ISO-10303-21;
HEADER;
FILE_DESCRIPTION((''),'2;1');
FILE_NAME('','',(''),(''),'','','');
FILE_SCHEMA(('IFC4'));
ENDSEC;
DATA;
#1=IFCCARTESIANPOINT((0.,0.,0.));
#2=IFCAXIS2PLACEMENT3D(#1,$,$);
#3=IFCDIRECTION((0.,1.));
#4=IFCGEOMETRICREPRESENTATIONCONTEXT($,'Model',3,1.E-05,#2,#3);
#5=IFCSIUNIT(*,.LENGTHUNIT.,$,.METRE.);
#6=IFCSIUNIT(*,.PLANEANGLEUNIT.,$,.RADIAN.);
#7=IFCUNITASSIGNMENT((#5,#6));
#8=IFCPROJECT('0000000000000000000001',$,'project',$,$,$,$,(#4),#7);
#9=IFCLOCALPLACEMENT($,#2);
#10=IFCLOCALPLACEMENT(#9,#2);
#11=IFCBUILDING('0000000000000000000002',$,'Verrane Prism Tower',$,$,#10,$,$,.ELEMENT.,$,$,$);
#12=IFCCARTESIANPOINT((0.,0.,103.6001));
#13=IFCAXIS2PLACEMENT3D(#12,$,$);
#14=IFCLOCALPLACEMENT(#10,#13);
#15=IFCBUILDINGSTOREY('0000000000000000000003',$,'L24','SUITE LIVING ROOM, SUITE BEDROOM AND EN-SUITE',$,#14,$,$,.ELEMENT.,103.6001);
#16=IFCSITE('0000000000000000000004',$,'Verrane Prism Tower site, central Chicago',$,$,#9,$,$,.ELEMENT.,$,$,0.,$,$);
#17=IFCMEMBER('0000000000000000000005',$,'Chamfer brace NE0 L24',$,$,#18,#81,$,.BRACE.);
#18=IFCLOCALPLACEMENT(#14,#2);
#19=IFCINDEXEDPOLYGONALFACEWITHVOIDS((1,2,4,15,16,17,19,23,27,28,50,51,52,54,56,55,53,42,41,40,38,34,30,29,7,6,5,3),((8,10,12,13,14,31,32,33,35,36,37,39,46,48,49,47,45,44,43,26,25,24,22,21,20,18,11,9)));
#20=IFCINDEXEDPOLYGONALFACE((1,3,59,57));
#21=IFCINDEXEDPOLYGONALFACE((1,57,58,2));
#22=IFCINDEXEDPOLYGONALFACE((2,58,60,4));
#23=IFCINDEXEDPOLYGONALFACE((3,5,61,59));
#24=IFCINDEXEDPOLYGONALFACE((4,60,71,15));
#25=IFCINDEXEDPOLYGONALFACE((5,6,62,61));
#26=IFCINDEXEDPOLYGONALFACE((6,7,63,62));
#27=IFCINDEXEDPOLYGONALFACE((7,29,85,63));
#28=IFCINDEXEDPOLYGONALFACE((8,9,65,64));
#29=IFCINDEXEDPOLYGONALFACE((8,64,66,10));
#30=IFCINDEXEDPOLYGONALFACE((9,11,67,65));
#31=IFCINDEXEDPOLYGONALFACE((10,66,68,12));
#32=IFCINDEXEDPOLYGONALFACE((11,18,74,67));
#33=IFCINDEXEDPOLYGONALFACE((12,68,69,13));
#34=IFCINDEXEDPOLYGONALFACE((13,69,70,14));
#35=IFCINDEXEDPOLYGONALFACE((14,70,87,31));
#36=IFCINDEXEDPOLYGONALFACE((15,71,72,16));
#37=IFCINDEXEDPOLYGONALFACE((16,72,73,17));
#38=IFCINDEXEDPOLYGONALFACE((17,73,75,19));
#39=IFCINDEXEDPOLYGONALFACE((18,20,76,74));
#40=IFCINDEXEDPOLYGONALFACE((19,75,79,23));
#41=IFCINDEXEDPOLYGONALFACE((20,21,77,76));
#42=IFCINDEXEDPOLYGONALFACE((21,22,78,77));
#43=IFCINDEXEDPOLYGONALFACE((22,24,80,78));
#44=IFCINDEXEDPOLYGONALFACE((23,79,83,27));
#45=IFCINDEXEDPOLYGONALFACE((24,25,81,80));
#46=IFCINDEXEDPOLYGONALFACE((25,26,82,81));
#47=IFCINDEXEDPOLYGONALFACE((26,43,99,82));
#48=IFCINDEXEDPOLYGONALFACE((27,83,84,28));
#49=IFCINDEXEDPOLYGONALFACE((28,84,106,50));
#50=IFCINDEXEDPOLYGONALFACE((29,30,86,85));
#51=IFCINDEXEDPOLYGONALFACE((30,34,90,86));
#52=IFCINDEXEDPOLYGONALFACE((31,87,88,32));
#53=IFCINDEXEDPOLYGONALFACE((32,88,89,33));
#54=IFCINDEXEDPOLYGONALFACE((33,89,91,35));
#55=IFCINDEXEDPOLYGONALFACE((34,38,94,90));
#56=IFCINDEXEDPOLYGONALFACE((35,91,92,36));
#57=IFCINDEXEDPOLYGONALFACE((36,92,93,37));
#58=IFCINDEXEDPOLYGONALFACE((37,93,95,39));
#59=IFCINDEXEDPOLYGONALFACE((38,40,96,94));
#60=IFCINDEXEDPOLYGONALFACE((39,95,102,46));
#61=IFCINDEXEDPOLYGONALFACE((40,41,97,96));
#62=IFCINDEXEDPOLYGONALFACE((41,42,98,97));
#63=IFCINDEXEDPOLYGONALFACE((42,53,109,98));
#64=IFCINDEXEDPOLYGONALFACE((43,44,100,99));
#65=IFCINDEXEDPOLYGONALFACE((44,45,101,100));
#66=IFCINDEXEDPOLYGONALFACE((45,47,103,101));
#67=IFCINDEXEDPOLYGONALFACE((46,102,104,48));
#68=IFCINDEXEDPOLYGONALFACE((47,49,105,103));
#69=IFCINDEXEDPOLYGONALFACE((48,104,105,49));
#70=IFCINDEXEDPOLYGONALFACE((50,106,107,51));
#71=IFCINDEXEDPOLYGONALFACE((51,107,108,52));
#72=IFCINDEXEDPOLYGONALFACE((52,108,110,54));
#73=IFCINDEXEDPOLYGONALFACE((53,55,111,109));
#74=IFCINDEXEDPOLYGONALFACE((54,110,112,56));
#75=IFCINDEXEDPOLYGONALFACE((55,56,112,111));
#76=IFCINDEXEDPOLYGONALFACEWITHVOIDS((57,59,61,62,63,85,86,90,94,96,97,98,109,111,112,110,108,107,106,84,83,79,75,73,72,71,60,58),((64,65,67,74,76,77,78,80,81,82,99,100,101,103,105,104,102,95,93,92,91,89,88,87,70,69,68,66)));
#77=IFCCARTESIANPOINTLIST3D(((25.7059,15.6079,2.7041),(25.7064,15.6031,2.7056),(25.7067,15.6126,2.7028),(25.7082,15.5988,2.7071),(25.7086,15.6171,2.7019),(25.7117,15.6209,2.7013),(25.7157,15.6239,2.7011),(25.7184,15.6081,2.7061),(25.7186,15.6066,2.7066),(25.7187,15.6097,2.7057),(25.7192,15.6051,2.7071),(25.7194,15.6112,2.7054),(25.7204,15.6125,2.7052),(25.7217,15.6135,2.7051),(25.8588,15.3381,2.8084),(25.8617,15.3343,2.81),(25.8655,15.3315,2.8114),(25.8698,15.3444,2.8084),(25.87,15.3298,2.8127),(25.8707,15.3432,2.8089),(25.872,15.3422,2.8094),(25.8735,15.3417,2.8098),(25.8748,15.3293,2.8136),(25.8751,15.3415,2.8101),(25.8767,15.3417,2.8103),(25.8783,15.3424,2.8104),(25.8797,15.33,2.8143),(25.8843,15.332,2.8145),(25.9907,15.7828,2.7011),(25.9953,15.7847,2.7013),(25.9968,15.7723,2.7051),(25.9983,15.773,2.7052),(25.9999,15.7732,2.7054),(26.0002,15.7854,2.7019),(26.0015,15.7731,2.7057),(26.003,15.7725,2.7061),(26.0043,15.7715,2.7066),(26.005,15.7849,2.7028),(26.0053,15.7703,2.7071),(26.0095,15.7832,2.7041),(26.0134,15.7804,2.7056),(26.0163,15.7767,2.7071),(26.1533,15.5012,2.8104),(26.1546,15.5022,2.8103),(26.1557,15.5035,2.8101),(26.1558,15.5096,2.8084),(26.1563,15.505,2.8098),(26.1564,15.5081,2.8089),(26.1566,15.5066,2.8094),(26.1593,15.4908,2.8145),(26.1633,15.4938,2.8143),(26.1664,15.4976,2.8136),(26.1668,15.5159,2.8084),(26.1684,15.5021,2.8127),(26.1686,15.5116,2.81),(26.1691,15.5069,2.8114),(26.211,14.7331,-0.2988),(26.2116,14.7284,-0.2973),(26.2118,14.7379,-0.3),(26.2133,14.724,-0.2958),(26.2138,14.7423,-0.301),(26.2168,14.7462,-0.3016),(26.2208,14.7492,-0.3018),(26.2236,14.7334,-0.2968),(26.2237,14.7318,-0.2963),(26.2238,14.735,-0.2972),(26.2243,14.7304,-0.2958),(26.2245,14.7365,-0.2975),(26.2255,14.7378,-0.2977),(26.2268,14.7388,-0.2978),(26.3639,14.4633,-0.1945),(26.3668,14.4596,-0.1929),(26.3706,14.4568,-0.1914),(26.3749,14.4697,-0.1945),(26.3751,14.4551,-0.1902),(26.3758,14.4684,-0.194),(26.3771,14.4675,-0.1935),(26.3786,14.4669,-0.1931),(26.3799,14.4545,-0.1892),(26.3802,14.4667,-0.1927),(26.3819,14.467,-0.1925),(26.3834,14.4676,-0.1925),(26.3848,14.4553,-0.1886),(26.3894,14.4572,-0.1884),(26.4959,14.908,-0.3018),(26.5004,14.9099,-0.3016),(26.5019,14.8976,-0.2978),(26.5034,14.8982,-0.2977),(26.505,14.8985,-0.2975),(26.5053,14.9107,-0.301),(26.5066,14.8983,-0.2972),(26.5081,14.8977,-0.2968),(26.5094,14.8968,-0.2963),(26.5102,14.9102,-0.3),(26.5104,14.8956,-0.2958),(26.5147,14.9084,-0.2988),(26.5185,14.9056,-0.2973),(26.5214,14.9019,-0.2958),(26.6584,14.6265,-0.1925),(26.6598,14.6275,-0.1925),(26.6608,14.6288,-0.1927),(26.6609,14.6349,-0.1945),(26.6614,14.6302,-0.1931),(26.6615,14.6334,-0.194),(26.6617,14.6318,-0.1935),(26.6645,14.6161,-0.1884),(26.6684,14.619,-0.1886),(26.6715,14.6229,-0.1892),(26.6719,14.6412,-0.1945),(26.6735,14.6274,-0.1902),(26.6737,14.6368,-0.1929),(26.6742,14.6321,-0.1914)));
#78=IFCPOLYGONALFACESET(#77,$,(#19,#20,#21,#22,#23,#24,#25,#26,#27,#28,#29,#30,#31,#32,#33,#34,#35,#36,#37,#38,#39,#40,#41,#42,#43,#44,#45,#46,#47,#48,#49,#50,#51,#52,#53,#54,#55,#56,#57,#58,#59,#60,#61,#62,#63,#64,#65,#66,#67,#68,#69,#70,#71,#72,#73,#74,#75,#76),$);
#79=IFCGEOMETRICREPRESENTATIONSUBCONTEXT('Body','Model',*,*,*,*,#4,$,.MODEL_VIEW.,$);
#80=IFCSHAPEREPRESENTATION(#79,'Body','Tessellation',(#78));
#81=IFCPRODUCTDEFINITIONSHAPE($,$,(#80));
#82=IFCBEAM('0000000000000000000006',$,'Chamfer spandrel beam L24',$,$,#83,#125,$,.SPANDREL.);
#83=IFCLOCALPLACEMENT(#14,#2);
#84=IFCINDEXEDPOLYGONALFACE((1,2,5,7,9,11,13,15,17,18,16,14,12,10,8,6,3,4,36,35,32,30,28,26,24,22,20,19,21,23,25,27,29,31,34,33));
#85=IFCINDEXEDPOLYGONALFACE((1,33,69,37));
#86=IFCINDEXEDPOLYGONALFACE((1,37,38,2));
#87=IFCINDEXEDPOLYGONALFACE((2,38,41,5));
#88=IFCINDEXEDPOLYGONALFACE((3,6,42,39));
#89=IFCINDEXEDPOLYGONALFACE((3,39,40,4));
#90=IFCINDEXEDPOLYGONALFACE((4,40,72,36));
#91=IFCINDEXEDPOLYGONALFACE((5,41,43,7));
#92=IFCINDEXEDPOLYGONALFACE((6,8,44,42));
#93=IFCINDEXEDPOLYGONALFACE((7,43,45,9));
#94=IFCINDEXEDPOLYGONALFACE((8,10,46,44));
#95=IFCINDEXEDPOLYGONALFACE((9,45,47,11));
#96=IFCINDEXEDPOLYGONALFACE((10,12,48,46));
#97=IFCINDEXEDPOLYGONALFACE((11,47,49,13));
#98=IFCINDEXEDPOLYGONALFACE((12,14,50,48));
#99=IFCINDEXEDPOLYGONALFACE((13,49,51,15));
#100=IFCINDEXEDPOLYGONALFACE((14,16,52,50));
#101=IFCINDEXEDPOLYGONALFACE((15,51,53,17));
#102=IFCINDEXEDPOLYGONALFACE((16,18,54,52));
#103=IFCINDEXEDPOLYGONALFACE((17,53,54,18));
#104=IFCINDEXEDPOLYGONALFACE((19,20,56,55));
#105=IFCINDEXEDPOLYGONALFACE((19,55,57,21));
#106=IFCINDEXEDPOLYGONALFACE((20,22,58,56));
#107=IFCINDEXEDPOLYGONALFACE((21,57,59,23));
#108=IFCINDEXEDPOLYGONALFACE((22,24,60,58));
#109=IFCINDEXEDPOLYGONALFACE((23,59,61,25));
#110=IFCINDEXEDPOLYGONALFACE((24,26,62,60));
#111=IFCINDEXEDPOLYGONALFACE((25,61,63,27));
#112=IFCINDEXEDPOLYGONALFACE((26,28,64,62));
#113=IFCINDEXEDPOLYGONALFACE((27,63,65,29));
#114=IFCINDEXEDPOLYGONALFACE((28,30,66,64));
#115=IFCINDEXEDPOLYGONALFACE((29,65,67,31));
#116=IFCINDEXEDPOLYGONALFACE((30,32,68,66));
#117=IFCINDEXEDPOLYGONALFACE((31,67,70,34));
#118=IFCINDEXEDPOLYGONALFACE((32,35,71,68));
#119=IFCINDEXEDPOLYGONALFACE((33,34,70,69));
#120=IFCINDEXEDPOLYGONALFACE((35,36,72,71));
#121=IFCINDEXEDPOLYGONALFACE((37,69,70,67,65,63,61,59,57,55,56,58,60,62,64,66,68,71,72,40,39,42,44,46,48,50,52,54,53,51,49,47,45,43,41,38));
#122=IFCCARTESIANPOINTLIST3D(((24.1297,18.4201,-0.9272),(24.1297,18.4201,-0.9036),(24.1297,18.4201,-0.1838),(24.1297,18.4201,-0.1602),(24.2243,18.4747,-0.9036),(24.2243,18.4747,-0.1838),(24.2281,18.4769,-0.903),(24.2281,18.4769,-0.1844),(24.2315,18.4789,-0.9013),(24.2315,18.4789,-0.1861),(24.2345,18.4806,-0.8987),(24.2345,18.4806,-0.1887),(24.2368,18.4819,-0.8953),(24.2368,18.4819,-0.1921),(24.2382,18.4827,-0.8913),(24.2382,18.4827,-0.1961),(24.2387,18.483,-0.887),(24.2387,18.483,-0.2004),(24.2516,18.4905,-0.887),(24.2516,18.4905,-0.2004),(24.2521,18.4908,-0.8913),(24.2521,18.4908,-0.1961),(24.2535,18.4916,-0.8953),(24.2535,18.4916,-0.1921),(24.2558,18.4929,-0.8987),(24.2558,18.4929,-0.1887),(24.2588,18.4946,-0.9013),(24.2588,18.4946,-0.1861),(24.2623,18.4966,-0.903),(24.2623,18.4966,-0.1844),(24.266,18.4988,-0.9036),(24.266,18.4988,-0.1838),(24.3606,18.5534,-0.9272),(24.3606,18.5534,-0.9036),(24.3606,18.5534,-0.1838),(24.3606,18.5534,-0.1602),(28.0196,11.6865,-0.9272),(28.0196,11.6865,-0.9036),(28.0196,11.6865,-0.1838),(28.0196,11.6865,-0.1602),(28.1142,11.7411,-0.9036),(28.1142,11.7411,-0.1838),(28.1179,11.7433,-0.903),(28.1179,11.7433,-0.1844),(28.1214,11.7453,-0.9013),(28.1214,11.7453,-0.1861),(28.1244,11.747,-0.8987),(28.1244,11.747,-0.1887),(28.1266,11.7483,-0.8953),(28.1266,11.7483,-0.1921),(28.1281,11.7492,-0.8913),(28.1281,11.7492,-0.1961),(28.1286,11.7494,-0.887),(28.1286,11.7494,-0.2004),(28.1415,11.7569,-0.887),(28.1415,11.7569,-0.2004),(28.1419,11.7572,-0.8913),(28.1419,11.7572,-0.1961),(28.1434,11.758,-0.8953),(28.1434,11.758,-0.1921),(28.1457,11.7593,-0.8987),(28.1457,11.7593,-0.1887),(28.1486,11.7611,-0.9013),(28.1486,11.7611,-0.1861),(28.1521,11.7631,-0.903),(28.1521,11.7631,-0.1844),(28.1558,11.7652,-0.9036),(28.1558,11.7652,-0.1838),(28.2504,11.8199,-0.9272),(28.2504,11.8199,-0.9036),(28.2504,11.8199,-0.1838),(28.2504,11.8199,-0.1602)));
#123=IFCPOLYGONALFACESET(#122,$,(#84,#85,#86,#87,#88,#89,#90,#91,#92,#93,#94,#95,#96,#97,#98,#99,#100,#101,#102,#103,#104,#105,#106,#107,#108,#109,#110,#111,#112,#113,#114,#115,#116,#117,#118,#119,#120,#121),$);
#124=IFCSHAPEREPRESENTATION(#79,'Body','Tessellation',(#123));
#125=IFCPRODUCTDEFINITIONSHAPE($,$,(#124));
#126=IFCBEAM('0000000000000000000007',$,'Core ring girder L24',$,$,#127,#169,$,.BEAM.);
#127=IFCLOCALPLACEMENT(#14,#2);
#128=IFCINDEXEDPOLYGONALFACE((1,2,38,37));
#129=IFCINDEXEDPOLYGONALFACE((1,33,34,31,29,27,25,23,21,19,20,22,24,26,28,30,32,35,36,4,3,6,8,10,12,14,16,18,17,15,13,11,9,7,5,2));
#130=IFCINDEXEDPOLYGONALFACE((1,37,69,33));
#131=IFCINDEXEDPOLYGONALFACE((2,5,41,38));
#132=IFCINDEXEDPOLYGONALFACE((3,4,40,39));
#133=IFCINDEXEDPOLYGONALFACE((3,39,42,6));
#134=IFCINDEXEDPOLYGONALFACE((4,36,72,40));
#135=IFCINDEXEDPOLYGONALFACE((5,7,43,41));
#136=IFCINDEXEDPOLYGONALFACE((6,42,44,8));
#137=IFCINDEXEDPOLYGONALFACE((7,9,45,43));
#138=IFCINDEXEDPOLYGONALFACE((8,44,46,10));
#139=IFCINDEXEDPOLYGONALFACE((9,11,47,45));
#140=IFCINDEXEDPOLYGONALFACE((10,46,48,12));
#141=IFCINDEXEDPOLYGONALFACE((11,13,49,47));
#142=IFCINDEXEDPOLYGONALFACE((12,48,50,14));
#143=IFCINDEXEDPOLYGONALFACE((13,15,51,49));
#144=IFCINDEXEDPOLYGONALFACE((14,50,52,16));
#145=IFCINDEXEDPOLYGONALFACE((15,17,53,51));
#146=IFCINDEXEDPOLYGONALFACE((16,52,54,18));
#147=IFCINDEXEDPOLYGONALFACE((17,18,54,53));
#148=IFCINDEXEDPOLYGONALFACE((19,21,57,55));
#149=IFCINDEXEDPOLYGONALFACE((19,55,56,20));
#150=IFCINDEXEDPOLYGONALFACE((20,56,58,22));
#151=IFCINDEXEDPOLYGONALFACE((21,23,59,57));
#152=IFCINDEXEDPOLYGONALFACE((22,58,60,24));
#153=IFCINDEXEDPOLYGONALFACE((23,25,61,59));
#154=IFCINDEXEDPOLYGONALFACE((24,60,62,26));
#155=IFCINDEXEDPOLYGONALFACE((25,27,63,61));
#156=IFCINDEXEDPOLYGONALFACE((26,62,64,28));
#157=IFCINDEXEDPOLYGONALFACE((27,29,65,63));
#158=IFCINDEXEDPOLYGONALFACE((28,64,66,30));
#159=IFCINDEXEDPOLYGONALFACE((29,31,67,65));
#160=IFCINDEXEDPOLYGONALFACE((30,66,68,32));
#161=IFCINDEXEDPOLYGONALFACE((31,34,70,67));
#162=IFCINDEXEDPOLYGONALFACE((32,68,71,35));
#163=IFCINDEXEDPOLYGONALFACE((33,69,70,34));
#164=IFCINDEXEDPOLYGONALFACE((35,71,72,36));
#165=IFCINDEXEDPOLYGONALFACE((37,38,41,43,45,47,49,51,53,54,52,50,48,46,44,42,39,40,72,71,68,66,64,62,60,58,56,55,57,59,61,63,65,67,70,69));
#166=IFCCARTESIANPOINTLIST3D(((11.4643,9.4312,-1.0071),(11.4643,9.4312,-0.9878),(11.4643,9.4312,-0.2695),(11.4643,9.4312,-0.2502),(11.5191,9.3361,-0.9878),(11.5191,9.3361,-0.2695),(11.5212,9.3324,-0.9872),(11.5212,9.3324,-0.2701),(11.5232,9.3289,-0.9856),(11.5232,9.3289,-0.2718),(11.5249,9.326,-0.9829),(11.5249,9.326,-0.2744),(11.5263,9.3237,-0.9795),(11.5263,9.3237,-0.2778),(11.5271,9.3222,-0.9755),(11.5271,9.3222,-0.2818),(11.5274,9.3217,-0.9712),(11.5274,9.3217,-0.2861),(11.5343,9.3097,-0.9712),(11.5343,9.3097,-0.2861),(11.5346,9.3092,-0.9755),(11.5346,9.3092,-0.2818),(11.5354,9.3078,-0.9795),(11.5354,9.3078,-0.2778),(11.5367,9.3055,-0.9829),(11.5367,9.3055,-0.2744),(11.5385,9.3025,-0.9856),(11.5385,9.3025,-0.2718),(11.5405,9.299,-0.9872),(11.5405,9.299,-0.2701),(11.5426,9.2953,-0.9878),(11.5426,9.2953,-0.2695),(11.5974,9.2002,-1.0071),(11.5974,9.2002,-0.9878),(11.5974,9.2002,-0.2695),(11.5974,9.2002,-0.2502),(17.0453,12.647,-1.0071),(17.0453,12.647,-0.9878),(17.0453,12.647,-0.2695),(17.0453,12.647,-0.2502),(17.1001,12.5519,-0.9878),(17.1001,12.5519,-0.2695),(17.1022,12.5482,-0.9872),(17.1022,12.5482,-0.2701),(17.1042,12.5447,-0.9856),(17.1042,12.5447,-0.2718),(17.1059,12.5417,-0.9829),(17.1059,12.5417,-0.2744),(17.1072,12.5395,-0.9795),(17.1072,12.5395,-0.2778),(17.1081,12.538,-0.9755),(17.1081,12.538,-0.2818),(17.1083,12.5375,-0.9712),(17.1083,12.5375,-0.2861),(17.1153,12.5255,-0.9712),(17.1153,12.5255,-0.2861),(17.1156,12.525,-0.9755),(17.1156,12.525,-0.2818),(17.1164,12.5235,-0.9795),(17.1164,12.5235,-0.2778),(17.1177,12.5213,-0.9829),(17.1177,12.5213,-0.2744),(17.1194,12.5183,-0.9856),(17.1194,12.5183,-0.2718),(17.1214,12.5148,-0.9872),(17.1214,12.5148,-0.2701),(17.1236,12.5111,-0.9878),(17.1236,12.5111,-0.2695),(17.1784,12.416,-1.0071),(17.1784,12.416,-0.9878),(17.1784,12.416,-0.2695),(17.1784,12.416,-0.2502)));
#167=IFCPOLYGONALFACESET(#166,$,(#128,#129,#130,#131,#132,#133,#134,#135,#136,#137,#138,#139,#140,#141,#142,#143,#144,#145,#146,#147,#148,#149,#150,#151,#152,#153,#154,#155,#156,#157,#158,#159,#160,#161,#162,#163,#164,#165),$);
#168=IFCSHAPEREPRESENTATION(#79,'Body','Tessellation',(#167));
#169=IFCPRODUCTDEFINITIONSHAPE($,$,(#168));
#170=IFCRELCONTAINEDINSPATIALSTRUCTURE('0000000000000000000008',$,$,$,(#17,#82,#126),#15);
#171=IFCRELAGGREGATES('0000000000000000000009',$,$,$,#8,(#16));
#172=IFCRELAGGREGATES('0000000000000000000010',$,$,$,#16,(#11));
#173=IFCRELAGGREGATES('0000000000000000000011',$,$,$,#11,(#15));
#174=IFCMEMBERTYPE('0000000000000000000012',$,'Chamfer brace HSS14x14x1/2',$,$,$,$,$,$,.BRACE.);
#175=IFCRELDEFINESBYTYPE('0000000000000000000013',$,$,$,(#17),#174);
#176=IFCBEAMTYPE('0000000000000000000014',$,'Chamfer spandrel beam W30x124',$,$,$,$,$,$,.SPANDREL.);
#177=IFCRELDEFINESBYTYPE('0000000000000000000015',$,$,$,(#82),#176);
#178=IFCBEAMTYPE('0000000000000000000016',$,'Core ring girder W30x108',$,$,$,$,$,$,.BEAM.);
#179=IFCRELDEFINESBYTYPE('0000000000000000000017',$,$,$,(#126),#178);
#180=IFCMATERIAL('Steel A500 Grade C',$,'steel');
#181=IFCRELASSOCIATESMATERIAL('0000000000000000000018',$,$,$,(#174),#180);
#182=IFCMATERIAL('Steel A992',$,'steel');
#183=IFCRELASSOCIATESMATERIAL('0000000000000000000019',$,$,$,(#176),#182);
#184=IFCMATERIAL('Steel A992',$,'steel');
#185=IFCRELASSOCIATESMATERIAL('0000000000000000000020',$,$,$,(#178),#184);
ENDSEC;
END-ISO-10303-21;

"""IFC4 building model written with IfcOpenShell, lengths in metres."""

from ifc_helpers import new_model, si_unit, direction, frame, origin, origin_2d, place, context, subcontext, project, spatial, hollow_rectangle, i_section, extrude, material, material_profile, profile_set, type_object, element, save


model = new_model("IFC4")

# Units and contexts
model_context = context("Model", 3, precision=1e-05, world=origin(), true_north=direction((0.0, 1.0)))
body_context = subcontext(model_context, "Body", "Model", "MODEL_VIEW")
ifc_project = project(units=[si_unit("LENGTHUNIT", "METRE"), si_unit("PLANEANGLEUNIT", "RADIAN")], contexts=[model_context])

# Site, building, storey
site_placement = place(None, origin())
site = spatial("IfcSite", under=ifc_project, at=site_placement, Name="Verrane Prism Tower site, central Chicago", CompositionType="ELEMENT", RefElevation=0.0)
building_placement = place(site_placement, origin())
building = spatial("IfcBuilding", under=site, at=building_placement, Name="Verrane Prism Tower", CompositionType="ELEMENT")
storey_placement = place(building_placement, frame((0.0, 0.0, 103.6001)))
storey = spatial("IfcBuildingStorey", under=building, at=storey_placement, Name="L24", Description="SUITE LIVING ROOM, SUITE BEDROOM AND EN-SUITE", CompositionType="ELEMENT", Elevation=103.6001)

# Member
ifc_material_1 = material(Name="Steel A500 Grade C", Category="steel")
ifc_material_profile_1 = material_profile(ifc_material_1, hollow_rectangle(XDim=0.3557, YDim=0.3557, WallThickness=0.0127, InnerFilletRadius=0.0063, OuterFilletRadius=0.019, at=origin_2d()), Name="HSS14x14x1/2")
ifc_profile_set_1 = profile_set([ifc_material_profile_1], Name="Steel A500 Grade C")
member_type_1 = type_object("IfcMemberType", Name="Chamfer brace HSS14x14x1/2", PredefinedType="BRACE", material=ifc_profile_set_1)
member_1_placement = place(storey_placement, frame((26.4426, 14.6826, -0.2451), z_axis=(-0.159433, 0.276099, 0.947814), x_axis=(-0.865988, -0.500064, 0.0)))
element("IfcMember", 1, at=member_1_placement, inside=storey, type_object=member_type_1, Name="Chamfer brace NE0 L24", PredefinedType="BRACE", context=body_context, shape_type="SweptSolid", body=[
    extrude(hollow_rectangle(XDim=0.3557, YDim=0.3557, WallThickness=0.0127, InnerFilletRadius=0.0063, OuterFilletRadius=0.019, at=origin_2d()), origin(), (0.0, 0.0, 1.0), 3.1682),
])

# Beams
ifc_material_2 = material(Name="Steel A992", Category="steel")
ifc_material_profile_2 = material_profile(ifc_material_2, i_section(OverallWidth=0.2666, OverallDepth=0.7671, WebThickness=0.0149, FlangeThickness=0.0237, FilletRadius=0.0166, at=origin_2d()), Name="W30x124")
ifc_profile_set_2 = profile_set([ifc_material_profile_2], Name="Steel A992")
beam_type_1 = type_object("IfcBeamType", Name="Chamfer spandrel beam W30x124", PredefinedType="SPANDREL", material=ifc_profile_set_2)
beam_1_placement = place(storey_placement, frame((28.135, 11.7532, -0.5437), z_axis=(-0.500214, 0.865902, 0.0), x_axis=(-0.865902, -0.500214, 0.0)))
element("IfcBeam", 2, at=beam_1_placement, inside=storey, type_object=beam_type_1, Name="Chamfer spandrel beam L24", PredefinedType="SPANDREL", context=body_context, shape_type="SweptSolid", body=[
    extrude(i_section(OverallWidth=0.2666, OverallDepth=0.7671, WebThickness=0.0149, FlangeThickness=0.0237, FilletRadius=0.0166, at=origin_2d()), origin(), (0.0, 0.0, 1.0), 7.7764),
])
ifc_material_3 = material(Name="Steel A992", Category="steel")
ifc_material_profile_3 = material_profile(ifc_material_3, i_section(OverallWidth=0.2666, OverallDepth=0.7568, WebThickness=0.0139, FlangeThickness=0.0193, FilletRadius=0.0166, at=origin_2d()), Name="W30x108")
ifc_profile_set_3 = profile_set([ifc_material_profile_3], Name="Steel A992")
beam_type_2 = type_object("IfcBeamType", Name="Core ring girder W30x108", PredefinedType="BEAM", material=ifc_profile_set_3)
beam_2_placement = place(storey_placement, frame((17.1118, 12.5315, -0.6287), z_axis=(-0.866456, -0.499254, 0.0), x_axis=(0.499254, -0.866456, 0.0)))
element("IfcBeam", 3, at=beam_2_placement, inside=storey, type_object=beam_type_2, Name="Core ring girder L24", PredefinedType="BEAM", context=body_context, shape_type="SweptSolid", body=[
    extrude(i_section(OverallWidth=0.2666, OverallDepth=0.7568, WebThickness=0.0139, FlangeThickness=0.0193, FilletRadius=0.0166, at=origin_2d()), origin(), (0.0, 0.0, 1.0), 6.4412),
])

save(model, "model.ifc")
